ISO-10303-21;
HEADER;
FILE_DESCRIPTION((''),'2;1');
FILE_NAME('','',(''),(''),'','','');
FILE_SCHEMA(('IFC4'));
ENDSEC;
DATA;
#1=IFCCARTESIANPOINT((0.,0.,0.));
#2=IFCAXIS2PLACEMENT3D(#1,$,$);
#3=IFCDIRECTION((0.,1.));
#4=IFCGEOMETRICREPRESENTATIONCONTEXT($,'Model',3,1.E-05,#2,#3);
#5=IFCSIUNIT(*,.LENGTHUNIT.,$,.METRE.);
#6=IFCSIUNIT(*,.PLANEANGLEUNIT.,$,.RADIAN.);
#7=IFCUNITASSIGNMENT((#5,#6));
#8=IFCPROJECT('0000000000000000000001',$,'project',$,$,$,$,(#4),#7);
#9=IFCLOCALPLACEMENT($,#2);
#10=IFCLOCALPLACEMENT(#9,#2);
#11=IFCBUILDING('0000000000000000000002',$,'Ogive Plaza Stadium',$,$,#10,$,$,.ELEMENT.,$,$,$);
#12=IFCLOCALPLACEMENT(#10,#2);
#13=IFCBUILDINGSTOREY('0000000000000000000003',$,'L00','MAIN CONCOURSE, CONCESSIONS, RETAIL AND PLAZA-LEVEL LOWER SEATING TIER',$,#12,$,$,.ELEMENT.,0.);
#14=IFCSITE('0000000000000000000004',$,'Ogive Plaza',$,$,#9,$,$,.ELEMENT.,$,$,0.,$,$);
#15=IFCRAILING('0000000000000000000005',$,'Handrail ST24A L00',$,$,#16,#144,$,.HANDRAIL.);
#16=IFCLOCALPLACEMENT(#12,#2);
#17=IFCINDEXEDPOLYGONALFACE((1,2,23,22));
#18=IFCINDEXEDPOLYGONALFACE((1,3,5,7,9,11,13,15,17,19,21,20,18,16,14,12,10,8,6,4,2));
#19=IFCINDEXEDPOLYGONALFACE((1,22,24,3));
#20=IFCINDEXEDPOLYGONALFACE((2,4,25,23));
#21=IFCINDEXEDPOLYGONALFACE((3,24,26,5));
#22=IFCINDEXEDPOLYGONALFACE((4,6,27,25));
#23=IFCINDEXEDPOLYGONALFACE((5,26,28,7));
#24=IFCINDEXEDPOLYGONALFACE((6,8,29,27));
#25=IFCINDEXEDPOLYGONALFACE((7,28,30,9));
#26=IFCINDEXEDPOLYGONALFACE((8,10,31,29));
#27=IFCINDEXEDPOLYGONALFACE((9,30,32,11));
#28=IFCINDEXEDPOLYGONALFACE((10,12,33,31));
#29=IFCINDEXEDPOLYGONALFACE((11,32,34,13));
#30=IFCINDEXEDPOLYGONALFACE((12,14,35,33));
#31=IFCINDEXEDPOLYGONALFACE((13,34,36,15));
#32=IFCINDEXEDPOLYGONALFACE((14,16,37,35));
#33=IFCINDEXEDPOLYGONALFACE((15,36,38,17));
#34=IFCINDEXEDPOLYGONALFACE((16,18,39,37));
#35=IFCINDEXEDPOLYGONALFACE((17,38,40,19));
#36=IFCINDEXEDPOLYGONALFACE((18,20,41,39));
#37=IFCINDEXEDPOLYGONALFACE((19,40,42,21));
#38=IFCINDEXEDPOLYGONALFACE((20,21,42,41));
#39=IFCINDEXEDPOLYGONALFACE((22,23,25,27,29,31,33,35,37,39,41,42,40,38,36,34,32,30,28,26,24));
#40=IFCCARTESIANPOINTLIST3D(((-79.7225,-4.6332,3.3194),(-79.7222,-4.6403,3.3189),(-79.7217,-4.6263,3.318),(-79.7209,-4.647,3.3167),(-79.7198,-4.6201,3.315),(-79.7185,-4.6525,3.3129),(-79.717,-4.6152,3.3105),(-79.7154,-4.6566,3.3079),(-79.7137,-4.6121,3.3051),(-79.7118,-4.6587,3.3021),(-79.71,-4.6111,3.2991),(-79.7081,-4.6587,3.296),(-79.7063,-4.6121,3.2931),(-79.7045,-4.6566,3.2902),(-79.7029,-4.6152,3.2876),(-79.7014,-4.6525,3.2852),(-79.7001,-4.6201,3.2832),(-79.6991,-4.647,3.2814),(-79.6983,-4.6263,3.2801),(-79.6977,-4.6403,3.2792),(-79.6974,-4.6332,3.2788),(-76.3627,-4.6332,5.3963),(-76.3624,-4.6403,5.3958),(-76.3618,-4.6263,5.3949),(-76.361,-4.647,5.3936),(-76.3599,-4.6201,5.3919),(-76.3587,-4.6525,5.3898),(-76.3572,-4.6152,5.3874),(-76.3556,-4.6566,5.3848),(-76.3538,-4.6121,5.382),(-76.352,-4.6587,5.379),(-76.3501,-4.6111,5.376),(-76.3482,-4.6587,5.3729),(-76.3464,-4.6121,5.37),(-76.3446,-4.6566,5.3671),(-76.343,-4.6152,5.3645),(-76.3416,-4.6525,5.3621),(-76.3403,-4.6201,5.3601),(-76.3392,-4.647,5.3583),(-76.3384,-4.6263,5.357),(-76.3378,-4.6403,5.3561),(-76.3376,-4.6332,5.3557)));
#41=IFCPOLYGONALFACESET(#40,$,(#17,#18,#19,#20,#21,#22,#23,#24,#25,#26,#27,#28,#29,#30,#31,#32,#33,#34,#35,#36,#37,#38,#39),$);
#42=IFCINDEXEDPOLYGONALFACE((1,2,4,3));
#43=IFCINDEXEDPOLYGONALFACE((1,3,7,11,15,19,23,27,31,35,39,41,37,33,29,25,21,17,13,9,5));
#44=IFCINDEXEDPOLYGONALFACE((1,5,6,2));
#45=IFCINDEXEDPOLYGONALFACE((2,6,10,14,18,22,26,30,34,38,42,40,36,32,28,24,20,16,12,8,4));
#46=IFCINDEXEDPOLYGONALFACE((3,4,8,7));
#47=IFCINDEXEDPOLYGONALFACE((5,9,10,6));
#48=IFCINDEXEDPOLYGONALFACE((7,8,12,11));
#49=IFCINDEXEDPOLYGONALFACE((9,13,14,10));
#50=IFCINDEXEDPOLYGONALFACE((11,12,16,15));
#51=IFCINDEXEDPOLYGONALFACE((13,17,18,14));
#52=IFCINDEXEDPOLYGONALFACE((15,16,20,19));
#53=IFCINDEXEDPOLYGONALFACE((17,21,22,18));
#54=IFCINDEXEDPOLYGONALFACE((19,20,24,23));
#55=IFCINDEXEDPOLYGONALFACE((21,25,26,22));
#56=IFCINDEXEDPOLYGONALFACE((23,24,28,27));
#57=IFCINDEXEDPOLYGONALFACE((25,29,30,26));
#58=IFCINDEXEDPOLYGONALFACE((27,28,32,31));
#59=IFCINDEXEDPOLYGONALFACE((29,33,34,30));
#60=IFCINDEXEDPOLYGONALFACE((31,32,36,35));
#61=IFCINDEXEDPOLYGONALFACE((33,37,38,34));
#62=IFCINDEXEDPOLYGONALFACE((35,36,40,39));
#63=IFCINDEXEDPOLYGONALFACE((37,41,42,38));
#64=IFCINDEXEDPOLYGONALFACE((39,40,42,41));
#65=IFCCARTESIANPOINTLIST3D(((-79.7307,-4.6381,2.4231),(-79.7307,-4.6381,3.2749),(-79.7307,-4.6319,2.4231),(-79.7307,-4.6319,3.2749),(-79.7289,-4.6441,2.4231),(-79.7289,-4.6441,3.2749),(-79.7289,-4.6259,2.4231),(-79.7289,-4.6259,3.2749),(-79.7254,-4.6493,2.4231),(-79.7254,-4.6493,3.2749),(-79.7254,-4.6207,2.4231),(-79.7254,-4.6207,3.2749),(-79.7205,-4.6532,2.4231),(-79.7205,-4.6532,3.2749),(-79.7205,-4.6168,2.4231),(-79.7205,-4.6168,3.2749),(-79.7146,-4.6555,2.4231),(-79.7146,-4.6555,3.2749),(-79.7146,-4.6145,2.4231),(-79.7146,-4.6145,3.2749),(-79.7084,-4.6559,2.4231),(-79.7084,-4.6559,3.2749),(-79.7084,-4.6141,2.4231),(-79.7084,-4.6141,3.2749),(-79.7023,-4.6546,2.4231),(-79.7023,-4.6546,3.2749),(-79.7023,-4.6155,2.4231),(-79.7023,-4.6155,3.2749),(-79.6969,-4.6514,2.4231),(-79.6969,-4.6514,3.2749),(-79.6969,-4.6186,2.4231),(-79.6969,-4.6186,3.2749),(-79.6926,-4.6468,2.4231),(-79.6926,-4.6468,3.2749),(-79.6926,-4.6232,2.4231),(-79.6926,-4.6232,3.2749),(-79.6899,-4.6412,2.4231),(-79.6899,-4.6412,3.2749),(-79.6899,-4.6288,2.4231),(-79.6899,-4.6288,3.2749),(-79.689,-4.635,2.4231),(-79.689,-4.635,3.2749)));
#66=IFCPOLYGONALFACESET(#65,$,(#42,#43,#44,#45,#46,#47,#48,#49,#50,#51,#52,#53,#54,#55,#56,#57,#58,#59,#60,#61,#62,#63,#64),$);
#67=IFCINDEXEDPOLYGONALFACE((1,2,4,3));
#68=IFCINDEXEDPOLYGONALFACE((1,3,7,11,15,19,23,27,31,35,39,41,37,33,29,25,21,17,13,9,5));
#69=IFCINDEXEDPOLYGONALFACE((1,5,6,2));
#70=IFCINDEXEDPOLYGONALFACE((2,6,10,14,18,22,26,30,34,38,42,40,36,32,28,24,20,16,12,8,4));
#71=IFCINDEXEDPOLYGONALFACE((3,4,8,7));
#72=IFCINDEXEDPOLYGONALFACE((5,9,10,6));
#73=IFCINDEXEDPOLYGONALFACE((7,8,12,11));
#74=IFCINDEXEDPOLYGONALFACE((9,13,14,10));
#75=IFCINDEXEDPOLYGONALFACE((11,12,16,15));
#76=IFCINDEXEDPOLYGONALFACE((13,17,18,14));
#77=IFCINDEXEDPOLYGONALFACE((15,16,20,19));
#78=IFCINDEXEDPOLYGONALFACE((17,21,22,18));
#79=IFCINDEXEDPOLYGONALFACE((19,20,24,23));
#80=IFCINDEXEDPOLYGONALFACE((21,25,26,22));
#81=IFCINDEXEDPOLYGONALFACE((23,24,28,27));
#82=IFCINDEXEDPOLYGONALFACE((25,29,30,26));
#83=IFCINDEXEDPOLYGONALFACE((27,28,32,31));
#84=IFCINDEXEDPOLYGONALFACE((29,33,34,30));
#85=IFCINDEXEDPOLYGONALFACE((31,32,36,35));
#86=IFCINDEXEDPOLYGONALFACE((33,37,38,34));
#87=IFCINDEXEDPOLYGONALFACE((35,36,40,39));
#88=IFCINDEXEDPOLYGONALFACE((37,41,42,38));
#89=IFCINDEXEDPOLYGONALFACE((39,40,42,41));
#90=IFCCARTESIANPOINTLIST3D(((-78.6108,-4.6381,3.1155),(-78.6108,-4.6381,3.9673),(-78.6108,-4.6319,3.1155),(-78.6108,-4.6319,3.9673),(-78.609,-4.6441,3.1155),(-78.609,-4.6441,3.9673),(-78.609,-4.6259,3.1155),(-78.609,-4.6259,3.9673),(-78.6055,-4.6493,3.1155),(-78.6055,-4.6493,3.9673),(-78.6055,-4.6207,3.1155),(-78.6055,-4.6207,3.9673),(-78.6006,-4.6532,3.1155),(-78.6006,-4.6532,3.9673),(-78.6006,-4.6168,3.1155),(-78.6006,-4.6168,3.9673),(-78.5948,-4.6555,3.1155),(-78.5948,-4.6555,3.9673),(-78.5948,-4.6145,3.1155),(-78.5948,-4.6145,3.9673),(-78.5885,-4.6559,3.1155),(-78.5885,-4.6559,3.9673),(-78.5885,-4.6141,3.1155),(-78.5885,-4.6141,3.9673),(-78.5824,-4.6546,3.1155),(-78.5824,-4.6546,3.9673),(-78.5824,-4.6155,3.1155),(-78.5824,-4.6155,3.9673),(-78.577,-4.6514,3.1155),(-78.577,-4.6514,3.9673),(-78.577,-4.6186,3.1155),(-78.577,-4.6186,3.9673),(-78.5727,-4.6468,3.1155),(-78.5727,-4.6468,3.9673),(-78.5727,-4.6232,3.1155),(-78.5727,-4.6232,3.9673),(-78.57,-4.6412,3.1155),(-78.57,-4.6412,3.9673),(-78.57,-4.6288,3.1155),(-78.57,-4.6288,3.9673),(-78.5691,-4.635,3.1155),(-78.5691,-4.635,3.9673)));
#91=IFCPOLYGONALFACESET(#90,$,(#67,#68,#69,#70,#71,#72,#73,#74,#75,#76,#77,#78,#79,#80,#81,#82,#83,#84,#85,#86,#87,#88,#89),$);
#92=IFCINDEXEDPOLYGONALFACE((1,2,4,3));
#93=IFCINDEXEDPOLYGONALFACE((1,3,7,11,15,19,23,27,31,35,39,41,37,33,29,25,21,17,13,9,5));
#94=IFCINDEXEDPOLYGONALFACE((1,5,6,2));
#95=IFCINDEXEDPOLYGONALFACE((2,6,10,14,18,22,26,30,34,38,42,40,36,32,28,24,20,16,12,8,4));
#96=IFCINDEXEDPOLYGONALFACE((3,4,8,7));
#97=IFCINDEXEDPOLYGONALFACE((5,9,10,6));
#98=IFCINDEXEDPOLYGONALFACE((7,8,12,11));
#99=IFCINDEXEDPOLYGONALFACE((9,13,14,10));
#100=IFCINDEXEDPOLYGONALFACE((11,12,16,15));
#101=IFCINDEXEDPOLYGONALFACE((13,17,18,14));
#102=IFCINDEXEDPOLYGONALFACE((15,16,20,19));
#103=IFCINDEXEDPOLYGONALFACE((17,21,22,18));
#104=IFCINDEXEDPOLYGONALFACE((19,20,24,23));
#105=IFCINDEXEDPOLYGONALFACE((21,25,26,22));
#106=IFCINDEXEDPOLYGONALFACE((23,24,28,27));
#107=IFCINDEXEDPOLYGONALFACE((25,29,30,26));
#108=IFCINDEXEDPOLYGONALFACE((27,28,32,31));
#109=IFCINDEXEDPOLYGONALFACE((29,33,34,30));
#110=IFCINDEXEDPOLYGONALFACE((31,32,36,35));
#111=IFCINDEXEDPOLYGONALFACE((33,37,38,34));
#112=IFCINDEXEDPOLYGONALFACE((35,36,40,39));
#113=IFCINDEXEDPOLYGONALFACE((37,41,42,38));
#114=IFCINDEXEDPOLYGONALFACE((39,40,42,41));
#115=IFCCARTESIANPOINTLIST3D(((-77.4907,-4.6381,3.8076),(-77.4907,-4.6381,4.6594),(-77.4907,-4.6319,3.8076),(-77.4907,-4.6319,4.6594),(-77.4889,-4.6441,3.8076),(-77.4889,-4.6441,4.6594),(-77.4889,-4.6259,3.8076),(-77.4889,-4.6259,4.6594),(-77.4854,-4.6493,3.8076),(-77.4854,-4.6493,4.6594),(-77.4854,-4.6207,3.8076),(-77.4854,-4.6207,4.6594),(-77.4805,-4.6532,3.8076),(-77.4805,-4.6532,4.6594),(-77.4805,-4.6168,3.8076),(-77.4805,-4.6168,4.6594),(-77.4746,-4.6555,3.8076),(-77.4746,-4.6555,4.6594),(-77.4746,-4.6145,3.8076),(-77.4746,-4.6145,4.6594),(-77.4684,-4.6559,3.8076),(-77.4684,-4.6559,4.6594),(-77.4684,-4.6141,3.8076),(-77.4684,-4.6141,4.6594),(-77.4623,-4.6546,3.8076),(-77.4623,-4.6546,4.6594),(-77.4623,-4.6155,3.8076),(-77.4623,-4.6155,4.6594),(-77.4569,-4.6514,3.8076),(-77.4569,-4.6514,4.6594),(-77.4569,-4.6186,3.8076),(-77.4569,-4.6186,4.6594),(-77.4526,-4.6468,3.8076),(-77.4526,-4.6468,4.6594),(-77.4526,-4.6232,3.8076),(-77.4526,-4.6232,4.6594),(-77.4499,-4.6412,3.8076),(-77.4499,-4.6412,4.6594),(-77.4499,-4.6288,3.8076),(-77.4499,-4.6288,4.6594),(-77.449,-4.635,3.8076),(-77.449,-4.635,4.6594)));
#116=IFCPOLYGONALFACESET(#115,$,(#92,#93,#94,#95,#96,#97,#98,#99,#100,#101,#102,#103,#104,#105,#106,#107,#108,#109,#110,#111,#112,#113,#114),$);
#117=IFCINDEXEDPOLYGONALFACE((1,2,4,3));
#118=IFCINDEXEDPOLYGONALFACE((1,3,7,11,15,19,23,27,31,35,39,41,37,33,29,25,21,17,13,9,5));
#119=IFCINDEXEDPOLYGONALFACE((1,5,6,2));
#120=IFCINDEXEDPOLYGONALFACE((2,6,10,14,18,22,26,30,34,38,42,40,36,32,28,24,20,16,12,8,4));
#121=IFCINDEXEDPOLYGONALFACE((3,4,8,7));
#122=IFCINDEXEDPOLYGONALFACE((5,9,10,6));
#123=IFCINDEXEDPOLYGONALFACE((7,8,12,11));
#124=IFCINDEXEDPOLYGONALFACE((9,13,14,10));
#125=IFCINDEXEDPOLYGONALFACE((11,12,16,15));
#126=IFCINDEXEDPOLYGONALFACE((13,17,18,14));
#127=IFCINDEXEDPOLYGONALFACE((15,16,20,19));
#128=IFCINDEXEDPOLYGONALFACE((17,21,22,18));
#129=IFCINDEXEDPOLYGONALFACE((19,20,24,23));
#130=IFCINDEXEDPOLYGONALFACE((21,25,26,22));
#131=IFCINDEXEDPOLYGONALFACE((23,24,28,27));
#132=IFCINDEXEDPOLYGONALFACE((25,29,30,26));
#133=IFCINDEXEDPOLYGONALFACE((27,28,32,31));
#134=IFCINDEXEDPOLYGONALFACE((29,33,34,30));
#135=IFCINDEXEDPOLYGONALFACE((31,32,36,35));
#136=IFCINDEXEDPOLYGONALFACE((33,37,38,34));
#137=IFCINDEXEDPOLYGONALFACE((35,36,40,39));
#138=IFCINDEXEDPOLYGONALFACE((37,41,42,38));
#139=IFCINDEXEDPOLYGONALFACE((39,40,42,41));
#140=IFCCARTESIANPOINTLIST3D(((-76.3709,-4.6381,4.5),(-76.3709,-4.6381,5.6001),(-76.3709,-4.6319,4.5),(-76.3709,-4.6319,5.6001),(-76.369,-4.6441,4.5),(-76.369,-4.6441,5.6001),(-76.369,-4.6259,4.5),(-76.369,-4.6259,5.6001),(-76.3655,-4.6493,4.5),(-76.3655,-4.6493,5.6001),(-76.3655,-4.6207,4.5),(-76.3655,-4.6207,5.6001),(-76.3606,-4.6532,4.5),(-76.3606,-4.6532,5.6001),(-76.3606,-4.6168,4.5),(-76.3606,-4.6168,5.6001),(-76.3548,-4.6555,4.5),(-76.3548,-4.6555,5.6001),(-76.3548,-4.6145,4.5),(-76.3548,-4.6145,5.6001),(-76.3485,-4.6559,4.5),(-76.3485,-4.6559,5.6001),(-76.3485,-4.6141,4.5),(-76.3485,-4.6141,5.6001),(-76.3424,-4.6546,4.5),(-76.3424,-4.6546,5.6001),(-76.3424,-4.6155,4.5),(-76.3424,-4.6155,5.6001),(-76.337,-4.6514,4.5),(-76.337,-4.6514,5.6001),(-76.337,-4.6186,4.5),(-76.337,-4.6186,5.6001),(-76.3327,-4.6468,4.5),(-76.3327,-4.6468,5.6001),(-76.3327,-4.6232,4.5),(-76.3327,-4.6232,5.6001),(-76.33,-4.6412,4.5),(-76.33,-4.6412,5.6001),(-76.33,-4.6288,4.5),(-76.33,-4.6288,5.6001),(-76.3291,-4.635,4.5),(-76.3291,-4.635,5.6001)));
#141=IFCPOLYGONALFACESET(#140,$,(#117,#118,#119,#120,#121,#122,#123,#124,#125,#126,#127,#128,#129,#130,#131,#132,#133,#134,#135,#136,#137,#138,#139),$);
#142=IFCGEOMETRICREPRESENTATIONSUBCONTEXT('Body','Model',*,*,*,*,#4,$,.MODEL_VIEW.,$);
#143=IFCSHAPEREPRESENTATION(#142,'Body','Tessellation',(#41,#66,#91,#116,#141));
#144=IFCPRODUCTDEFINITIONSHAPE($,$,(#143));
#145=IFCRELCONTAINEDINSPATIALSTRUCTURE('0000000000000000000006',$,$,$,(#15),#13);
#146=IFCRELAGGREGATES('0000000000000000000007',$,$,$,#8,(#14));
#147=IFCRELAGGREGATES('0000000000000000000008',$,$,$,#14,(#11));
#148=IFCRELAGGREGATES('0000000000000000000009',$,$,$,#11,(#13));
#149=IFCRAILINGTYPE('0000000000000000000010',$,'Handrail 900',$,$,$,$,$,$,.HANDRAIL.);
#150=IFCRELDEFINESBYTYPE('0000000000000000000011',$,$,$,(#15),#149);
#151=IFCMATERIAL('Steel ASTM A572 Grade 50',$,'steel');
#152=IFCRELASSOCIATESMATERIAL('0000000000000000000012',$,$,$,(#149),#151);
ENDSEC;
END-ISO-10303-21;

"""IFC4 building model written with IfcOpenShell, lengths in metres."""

from ifc_helpers import new_model, si_unit, direction, frame, origin, origin_2d, place, context, subcontext, project, spatial, circle, extrude, material, type_object, element, save


model = new_model("IFC4")

# Units and contexts
model_context = context("Model", 3, precision=1e-05, world=origin(), true_north=direction((0.0, 1.0)))
body_context = subcontext(model_context, "Body", "Model", "MODEL_VIEW")
ifc_project = project(units=[si_unit("LENGTHUNIT", "METRE"), si_unit("PLANEANGLEUNIT", "RADIAN")], contexts=[model_context])

# Site, building, storey
site_placement = place(None, origin())
site = spatial("IfcSite", under=ifc_project, at=site_placement, Name="Ogive Plaza", CompositionType="ELEMENT", RefElevation=0.0)
building_placement = place(site_placement, origin())
building = spatial("IfcBuilding", under=site, at=building_placement, Name="Ogive Plaza Stadium", CompositionType="ELEMENT")
storey_placement = place(building_placement, origin())
storey = spatial("IfcBuildingStorey", under=building, at=storey_placement, Name="L00", Description="MAIN CONCOURSE, CONCESSIONS, RETAIL AND PLAZA-LEVEL LOWER SEATING TIER", CompositionType="ELEMENT", Elevation=0.0)

# Railing
ifc_material_1 = material(Name="Steel ASTM A572 Grade 50", Category="steel")
railing_type_1 = type_object("IfcRailingType", Name="Handrail 900", PredefinedType="HANDRAIL", material=ifc_material_1)
for number, where, name in (
    (1, (-79.71, -4.635, 2.4231), "Handrail ST24A L00"),
):
    element("IfcRailing", number, at=place(storey_placement, frame(where)), inside=storey, type_object=railing_type_1, Name=name, PredefinedType="HANDRAIL", context=body_context, shape_type="SweptSolid", body=[
        extrude(circle(Radius=0.0239, at=origin_2d()), frame((0.0, 0.0, 0.876), z_axis=(0.850606, 0.0, 0.525803), x_axis=(0.0, 1.0, 0.0)), (0.0, 0.0, 1.0), 3.95),
        extrude(circle(Radius=0.021, at=origin_2d()), origin(), (0.0, 0.0, 1.0), 0.8518),
        extrude(circle(Radius=0.021, at=origin_2d()), frame((1.1199, 0.0, 0.6924)), (0.0, 0.0, 1.0), 0.8518),
        extrude(circle(Radius=0.021, at=origin_2d()), frame((2.24, 0.0, 1.3845)), (0.0, 0.0, 1.0), 0.8518),
        extrude(circle(Radius=0.021, at=origin_2d()), frame((3.3599, 0.0, 2.0769)), (0.0, 0.0, 1.0), 1.1001),
    ])

save(model, "model.ifc")
